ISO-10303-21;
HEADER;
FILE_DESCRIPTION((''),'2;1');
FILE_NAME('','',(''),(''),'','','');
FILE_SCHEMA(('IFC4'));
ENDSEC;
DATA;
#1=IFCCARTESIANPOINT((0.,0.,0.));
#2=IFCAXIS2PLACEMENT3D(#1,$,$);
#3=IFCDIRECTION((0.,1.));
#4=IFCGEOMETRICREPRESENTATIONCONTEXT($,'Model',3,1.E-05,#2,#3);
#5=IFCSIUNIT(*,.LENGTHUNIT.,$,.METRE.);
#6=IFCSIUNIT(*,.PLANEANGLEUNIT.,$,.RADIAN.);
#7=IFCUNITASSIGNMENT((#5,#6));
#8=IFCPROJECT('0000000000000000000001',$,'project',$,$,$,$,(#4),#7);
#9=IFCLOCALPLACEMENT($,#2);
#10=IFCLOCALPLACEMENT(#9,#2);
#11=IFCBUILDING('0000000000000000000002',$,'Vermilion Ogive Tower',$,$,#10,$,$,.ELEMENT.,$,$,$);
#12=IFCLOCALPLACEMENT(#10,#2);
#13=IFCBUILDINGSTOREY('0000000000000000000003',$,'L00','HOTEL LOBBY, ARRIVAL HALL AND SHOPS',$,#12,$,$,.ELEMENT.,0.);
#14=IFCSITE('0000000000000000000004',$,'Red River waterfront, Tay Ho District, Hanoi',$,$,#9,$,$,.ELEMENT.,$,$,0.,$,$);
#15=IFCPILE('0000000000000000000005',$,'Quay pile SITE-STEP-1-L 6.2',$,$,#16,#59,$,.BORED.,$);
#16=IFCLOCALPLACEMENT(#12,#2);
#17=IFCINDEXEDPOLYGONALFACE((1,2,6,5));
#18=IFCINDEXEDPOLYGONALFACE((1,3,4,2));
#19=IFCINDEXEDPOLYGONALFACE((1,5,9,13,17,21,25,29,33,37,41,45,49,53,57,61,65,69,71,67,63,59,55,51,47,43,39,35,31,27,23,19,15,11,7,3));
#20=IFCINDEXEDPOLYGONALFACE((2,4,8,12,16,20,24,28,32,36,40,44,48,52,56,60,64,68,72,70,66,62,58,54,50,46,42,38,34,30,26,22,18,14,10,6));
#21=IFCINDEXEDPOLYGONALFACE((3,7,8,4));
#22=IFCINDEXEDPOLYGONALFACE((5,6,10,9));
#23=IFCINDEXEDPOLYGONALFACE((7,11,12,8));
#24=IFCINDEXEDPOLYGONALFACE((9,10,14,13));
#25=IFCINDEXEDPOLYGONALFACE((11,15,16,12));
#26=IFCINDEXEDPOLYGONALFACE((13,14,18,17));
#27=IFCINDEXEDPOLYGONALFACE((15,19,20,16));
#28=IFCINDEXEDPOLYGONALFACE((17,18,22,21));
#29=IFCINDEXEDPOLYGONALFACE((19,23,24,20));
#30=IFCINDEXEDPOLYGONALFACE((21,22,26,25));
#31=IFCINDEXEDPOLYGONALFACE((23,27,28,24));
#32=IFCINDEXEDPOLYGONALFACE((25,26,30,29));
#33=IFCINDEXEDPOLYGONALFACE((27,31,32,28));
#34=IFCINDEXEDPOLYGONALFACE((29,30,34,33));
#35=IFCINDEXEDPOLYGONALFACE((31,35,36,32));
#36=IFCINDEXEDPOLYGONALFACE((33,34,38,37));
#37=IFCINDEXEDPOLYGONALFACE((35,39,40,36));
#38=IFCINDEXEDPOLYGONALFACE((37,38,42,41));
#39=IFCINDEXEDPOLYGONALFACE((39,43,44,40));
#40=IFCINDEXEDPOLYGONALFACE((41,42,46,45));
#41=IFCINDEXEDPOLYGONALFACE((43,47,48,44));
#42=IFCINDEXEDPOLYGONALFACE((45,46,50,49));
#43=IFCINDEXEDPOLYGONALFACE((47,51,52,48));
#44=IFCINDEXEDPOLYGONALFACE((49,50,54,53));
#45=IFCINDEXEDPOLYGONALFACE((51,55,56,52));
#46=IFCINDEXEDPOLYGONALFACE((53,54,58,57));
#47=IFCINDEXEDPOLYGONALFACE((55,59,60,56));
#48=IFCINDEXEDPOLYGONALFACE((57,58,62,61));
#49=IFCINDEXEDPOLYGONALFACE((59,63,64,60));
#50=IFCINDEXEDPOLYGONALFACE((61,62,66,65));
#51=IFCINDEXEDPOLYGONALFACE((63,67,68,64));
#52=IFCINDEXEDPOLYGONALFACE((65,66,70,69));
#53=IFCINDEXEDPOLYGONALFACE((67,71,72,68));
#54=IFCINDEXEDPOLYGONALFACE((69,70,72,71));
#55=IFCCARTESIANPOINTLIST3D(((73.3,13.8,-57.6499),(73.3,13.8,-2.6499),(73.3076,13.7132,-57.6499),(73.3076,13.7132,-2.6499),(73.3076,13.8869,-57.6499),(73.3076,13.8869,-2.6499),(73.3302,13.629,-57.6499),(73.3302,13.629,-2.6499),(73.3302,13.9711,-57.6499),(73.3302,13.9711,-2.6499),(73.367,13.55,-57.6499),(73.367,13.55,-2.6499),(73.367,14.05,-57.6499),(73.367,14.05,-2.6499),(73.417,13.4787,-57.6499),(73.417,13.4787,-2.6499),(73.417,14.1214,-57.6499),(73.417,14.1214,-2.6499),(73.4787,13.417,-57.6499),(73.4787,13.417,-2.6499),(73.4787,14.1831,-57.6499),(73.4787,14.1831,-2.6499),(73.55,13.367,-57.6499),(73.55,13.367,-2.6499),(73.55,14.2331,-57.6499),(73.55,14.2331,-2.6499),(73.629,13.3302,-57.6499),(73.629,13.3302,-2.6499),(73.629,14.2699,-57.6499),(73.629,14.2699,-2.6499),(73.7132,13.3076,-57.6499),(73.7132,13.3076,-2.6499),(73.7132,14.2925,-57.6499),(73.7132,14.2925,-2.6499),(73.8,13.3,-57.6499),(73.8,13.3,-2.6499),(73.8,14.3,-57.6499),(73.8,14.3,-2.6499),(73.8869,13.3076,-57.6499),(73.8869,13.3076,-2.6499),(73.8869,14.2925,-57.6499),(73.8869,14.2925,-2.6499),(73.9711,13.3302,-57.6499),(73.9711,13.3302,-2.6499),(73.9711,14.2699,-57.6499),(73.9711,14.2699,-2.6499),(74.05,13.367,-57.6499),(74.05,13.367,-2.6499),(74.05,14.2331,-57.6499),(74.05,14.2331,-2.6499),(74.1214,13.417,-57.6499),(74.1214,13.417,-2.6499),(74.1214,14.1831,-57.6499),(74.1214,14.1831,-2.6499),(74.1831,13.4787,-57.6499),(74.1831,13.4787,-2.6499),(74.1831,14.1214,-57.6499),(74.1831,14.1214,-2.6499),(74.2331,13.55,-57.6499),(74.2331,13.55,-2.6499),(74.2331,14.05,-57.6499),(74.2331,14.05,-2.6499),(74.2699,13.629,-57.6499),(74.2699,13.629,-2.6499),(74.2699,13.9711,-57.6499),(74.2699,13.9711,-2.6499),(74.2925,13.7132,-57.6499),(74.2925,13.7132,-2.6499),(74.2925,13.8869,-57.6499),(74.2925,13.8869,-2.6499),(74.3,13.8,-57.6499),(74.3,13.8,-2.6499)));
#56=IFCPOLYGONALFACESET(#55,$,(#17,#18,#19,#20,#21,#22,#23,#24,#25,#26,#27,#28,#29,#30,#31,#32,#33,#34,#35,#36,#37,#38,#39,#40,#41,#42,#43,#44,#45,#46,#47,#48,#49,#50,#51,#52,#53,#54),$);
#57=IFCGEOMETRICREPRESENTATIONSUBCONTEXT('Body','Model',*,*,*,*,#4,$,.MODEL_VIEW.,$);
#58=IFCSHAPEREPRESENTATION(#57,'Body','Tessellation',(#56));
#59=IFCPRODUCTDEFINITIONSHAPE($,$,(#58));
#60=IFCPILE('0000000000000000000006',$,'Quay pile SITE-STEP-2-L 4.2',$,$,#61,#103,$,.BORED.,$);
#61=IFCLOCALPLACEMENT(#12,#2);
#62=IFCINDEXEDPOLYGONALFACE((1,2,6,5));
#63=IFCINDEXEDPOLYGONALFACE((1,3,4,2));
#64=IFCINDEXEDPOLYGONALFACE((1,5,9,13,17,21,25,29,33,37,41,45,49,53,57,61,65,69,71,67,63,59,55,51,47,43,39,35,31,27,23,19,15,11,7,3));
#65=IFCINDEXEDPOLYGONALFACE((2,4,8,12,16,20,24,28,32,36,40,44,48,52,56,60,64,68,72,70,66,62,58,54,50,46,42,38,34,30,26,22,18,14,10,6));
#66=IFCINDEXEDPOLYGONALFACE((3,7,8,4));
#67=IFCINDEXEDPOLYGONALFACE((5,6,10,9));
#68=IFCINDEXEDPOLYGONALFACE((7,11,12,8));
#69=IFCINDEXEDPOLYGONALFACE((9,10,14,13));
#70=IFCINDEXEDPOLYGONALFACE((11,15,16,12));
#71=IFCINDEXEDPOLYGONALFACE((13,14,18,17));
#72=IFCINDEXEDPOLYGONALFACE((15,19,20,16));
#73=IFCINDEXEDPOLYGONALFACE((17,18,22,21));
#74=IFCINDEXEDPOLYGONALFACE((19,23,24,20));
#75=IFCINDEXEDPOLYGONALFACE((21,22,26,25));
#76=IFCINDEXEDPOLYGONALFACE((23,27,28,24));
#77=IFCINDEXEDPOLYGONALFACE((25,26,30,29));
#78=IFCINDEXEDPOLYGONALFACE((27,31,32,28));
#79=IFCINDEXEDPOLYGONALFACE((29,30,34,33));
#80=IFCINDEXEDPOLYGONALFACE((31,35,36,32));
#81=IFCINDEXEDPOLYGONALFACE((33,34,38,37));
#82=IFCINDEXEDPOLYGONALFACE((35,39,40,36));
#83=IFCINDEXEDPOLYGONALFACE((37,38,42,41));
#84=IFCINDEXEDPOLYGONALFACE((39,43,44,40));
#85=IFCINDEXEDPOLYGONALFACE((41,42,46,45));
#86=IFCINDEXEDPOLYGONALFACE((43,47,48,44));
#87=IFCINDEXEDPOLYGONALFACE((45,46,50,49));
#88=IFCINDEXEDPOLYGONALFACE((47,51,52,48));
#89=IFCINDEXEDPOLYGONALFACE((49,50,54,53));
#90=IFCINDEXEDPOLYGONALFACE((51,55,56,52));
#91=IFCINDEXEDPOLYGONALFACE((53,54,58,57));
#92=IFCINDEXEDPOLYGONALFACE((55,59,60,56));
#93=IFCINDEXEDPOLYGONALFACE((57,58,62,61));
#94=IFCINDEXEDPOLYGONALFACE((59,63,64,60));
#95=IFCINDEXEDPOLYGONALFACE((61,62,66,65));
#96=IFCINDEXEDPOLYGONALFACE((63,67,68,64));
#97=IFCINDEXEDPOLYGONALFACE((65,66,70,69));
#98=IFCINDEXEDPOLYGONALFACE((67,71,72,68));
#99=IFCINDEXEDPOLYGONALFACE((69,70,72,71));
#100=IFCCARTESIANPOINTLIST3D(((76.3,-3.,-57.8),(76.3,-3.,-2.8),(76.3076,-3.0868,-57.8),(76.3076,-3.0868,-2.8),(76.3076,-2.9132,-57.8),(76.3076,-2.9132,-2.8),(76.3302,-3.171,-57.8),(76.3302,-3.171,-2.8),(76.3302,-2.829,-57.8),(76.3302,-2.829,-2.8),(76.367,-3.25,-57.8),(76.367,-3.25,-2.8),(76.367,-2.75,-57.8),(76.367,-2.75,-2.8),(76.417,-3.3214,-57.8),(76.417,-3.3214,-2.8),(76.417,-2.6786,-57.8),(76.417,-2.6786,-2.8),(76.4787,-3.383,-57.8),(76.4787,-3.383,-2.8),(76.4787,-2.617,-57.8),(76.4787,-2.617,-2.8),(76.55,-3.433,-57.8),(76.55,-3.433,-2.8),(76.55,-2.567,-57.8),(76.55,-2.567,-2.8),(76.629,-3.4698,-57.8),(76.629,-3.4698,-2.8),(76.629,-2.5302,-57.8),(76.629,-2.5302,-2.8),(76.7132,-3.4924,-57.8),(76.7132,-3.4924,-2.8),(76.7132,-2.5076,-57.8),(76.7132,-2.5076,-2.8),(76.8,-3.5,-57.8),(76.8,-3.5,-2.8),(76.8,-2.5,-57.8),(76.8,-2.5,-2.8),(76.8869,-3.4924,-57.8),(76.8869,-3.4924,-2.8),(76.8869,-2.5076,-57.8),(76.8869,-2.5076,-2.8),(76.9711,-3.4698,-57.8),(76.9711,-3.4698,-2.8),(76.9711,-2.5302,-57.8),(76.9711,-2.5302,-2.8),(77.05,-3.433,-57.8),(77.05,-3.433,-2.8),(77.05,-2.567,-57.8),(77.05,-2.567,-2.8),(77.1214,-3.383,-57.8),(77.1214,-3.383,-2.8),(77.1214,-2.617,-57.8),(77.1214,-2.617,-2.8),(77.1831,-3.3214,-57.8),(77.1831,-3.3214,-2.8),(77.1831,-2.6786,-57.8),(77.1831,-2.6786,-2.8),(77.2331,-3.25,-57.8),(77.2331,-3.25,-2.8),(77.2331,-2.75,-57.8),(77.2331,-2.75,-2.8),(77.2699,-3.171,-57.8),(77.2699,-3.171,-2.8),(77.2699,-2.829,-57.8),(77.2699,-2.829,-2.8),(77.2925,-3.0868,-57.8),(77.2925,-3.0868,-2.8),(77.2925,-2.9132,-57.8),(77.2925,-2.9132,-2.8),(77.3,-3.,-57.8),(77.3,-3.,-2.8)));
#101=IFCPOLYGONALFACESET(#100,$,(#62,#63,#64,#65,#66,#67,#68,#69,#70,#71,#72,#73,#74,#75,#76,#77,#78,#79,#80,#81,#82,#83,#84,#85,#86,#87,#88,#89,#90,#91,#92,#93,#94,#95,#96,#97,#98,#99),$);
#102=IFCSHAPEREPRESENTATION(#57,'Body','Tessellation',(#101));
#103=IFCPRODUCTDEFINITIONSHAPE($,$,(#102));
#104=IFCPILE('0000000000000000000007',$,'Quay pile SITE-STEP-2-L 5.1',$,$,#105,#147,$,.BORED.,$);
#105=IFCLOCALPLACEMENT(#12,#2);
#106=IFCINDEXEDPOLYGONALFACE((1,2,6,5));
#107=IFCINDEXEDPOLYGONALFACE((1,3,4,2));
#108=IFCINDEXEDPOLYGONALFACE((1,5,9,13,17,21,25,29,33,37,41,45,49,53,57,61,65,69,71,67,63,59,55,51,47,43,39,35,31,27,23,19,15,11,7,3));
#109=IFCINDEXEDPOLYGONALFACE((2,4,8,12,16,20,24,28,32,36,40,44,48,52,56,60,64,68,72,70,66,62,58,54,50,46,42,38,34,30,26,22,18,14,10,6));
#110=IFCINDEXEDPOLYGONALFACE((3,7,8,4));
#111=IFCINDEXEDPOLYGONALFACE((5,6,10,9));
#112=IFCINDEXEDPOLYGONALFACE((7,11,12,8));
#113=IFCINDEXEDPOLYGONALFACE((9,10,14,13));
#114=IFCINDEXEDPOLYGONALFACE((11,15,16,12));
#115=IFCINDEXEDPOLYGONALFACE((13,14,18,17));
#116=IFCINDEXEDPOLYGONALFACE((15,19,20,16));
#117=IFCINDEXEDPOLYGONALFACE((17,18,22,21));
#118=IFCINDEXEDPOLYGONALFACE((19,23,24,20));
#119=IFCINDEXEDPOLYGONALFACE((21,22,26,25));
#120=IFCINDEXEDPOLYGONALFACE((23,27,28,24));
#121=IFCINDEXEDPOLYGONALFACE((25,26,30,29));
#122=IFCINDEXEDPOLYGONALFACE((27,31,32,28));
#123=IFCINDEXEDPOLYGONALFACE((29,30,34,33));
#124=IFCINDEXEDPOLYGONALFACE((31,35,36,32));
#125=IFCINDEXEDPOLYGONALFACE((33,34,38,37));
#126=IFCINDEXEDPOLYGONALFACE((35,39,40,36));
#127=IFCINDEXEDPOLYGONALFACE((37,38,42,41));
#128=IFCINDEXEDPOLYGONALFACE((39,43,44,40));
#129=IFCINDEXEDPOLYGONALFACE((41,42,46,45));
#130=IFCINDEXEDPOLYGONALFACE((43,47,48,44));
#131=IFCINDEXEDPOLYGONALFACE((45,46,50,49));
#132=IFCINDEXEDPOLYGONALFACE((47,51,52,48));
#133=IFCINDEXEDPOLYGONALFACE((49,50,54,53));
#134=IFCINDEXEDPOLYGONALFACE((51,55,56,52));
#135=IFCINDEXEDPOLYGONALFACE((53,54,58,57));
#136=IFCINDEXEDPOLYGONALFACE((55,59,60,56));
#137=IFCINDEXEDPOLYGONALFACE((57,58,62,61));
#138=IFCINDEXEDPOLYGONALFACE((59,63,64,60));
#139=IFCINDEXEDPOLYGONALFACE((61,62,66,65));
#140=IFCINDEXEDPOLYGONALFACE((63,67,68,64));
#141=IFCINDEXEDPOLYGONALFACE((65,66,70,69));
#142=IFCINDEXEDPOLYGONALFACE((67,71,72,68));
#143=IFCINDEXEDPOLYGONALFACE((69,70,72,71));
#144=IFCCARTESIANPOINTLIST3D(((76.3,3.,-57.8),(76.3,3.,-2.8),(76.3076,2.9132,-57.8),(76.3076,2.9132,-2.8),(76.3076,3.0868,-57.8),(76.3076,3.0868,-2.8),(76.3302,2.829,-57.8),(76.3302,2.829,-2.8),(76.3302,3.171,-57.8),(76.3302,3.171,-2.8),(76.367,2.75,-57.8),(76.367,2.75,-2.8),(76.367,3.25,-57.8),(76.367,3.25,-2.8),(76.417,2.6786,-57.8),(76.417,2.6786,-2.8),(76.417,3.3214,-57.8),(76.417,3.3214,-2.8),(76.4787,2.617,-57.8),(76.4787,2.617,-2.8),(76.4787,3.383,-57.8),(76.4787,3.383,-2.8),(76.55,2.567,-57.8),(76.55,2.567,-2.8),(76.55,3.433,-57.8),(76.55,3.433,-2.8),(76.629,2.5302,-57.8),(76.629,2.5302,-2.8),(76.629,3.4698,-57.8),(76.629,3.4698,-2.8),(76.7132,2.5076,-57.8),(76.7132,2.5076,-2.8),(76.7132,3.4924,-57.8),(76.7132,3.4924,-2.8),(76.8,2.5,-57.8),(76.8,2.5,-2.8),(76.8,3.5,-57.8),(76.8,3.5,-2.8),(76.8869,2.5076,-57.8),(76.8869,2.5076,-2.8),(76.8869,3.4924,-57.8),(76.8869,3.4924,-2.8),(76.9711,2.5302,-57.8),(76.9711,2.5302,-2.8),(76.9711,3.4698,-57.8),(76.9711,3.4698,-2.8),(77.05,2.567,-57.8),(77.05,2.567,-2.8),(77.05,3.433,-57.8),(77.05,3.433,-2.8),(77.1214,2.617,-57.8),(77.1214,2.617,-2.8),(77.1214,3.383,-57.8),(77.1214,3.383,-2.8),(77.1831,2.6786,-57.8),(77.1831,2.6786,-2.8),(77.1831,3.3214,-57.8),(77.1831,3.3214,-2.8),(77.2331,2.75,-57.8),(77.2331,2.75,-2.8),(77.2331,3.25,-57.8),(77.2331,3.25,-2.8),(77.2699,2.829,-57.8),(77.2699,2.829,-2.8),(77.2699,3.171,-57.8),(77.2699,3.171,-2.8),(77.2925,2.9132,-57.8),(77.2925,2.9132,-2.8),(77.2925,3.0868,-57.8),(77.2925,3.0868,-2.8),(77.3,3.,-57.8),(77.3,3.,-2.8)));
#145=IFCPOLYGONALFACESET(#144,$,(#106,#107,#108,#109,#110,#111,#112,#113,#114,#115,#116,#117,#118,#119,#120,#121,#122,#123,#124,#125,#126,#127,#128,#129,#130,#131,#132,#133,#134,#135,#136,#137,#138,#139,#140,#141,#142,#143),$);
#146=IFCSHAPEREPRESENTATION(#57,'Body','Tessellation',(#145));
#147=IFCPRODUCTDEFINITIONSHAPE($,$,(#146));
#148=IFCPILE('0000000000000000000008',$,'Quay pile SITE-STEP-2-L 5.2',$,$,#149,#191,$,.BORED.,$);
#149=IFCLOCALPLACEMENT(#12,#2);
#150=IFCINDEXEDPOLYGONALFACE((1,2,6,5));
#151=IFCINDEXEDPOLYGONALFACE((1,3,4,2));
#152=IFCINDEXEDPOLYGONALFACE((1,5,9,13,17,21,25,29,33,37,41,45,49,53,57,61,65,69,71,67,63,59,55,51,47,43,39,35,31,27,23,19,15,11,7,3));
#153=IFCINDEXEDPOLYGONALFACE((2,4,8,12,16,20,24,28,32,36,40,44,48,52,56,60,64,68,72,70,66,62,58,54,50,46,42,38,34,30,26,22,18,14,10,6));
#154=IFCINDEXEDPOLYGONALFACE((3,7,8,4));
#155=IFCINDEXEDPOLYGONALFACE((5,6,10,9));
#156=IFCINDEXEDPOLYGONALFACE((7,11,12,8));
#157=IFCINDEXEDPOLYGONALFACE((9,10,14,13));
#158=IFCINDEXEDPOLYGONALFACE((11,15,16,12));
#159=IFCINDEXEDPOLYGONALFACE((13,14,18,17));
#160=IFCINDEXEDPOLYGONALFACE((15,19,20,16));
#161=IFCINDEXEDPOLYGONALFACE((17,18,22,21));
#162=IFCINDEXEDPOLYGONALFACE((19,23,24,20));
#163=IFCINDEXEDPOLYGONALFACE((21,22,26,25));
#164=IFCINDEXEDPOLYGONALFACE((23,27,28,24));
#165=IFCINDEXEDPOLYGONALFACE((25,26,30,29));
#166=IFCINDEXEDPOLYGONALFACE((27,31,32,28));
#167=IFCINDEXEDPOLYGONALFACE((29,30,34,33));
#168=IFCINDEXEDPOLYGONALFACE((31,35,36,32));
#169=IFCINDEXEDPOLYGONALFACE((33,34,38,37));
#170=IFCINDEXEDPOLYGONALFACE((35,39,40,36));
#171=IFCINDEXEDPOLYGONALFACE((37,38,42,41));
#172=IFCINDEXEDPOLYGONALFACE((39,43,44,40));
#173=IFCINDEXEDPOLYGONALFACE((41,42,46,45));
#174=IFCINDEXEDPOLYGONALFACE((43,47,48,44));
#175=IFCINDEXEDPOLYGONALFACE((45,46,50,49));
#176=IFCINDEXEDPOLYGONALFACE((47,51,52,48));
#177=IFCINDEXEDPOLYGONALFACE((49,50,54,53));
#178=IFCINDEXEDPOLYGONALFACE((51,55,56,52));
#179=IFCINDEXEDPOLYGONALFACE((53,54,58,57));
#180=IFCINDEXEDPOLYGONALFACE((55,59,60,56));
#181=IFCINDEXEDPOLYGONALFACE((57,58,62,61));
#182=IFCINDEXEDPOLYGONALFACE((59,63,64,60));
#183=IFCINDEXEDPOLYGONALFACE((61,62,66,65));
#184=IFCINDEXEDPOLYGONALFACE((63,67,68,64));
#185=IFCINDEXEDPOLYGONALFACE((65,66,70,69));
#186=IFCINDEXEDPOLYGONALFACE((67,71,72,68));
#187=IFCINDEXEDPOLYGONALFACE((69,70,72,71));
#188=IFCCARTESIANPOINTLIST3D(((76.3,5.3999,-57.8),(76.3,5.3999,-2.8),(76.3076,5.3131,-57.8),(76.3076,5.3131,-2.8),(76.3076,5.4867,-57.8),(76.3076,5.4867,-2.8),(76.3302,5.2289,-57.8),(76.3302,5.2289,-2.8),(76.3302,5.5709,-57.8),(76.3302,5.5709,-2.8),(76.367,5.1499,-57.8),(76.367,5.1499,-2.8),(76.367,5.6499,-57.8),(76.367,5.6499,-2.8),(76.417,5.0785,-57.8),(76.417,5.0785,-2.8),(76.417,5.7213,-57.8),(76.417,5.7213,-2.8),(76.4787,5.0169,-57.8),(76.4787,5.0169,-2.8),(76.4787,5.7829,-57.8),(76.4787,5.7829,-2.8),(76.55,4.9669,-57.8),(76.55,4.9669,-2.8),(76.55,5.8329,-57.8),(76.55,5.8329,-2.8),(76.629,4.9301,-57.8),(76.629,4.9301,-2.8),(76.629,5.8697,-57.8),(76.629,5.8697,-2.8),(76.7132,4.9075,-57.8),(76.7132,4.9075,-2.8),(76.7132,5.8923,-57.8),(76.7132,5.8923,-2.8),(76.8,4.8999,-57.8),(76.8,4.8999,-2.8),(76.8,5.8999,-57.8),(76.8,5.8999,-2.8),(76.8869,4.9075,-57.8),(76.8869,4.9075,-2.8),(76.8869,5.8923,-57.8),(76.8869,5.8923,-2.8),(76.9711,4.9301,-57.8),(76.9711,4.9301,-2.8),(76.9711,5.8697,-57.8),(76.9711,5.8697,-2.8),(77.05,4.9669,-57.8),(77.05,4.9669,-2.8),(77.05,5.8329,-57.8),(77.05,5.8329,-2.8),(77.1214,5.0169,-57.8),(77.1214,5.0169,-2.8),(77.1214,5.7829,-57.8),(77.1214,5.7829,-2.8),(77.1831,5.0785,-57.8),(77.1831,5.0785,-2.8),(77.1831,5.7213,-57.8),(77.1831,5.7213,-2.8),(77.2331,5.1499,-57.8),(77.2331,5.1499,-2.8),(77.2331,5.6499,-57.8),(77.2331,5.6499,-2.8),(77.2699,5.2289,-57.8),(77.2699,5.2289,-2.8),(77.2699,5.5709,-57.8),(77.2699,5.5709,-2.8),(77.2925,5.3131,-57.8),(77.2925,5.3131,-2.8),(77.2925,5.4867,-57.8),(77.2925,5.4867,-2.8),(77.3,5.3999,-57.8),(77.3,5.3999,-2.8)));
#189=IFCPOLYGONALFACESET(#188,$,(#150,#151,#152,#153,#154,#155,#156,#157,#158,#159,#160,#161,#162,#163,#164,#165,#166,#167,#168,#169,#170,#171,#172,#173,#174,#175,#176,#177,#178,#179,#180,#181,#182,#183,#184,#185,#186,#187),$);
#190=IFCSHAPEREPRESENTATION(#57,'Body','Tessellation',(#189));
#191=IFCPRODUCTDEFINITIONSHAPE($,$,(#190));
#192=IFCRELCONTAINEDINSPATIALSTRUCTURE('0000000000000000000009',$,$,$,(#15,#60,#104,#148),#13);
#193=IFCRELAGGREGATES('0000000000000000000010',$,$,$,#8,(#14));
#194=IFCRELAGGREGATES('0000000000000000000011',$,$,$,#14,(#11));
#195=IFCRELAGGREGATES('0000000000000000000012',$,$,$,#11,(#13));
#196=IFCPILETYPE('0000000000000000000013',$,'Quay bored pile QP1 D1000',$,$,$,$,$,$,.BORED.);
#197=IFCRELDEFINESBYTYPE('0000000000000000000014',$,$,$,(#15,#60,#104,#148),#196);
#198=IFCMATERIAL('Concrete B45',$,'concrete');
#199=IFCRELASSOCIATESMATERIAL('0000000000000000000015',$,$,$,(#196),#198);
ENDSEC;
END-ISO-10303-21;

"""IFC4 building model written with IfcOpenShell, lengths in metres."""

from ifc_helpers import new_model, si_unit, direction, frame, origin, origin_2d, place, context, subcontext, project, spatial, circle, extrude, material, type_object, element, save


model = new_model("IFC4")

# Units and contexts
model_context = context("Model", 3, precision=1e-05, world=origin(), true_north=direction((0.0, 1.0)))
body_context = subcontext(model_context, "Body", "Model", "MODEL_VIEW")
ifc_project = project(units=[si_unit("LENGTHUNIT", "METRE"), si_unit("PLANEANGLEUNIT", "RADIAN")], contexts=[model_context])

# Site, building, storey
site_placement = place(None, origin())
site = spatial("IfcSite", under=ifc_project, at=site_placement, Name="Red River waterfront, Tay Ho District, Hanoi", CompositionType="ELEMENT", RefElevation=0.0)
building_placement = place(site_placement, origin())
building = spatial("IfcBuilding", under=site, at=building_placement, Name="Vermilion Ogive Tower", CompositionType="ELEMENT")
storey_placement = place(building_placement, origin())
storey = spatial("IfcBuildingStorey", under=building, at=storey_placement, Name="L00", Description="HOTEL LOBBY, ARRIVAL HALL AND SHOPS", CompositionType="ELEMENT", Elevation=0.0)

# Piles
ifc_material_1 = material(Name="Concrete B45", Category="concrete")
pile_type = type_object("IfcPileType", Name="Quay bored pile QP1 D1000", PredefinedType="BORED", material=ifc_material_1)
for number, where, z_axis, x_axis, name in (
    (1, (73.8, 13.8, -2.6499), (0.0, 0.0, -1.0), (1.0, 0.0, 0.0), "Quay pile SITE-STEP-1-L 6.2"),
    (2, (76.8, -3.0, -2.8), (0.0, 0.0, -1.0), (1.0, 0.0, 0.0), "Quay pile SITE-STEP-2-L 4.2"),
    (3, (76.8, 3.0, -2.8), (0.0, 0.0, -1.0), (1.0, 0.0, 0.0), "Quay pile SITE-STEP-2-L 5.1"),
    (4, (76.8, 5.3999, -2.8), (0.0, 0.0, -1.0), (1.0, 0.0, 0.0), "Quay pile SITE-STEP-2-L 5.2"),
):
    element("IfcPile", number, at=place(storey_placement, frame(where, z_axis=z_axis, x_axis=x_axis)), inside=storey, type_object=pile_type, Name=name, PredefinedType="BORED", context=body_context, shape_type="SweptSolid", body=[
        extrude(circle(Radius=0.5, at=origin_2d()), origin(), (0.0, 0.0, 1.0), 55.0),
    ])

save(model, "model.ifc")
